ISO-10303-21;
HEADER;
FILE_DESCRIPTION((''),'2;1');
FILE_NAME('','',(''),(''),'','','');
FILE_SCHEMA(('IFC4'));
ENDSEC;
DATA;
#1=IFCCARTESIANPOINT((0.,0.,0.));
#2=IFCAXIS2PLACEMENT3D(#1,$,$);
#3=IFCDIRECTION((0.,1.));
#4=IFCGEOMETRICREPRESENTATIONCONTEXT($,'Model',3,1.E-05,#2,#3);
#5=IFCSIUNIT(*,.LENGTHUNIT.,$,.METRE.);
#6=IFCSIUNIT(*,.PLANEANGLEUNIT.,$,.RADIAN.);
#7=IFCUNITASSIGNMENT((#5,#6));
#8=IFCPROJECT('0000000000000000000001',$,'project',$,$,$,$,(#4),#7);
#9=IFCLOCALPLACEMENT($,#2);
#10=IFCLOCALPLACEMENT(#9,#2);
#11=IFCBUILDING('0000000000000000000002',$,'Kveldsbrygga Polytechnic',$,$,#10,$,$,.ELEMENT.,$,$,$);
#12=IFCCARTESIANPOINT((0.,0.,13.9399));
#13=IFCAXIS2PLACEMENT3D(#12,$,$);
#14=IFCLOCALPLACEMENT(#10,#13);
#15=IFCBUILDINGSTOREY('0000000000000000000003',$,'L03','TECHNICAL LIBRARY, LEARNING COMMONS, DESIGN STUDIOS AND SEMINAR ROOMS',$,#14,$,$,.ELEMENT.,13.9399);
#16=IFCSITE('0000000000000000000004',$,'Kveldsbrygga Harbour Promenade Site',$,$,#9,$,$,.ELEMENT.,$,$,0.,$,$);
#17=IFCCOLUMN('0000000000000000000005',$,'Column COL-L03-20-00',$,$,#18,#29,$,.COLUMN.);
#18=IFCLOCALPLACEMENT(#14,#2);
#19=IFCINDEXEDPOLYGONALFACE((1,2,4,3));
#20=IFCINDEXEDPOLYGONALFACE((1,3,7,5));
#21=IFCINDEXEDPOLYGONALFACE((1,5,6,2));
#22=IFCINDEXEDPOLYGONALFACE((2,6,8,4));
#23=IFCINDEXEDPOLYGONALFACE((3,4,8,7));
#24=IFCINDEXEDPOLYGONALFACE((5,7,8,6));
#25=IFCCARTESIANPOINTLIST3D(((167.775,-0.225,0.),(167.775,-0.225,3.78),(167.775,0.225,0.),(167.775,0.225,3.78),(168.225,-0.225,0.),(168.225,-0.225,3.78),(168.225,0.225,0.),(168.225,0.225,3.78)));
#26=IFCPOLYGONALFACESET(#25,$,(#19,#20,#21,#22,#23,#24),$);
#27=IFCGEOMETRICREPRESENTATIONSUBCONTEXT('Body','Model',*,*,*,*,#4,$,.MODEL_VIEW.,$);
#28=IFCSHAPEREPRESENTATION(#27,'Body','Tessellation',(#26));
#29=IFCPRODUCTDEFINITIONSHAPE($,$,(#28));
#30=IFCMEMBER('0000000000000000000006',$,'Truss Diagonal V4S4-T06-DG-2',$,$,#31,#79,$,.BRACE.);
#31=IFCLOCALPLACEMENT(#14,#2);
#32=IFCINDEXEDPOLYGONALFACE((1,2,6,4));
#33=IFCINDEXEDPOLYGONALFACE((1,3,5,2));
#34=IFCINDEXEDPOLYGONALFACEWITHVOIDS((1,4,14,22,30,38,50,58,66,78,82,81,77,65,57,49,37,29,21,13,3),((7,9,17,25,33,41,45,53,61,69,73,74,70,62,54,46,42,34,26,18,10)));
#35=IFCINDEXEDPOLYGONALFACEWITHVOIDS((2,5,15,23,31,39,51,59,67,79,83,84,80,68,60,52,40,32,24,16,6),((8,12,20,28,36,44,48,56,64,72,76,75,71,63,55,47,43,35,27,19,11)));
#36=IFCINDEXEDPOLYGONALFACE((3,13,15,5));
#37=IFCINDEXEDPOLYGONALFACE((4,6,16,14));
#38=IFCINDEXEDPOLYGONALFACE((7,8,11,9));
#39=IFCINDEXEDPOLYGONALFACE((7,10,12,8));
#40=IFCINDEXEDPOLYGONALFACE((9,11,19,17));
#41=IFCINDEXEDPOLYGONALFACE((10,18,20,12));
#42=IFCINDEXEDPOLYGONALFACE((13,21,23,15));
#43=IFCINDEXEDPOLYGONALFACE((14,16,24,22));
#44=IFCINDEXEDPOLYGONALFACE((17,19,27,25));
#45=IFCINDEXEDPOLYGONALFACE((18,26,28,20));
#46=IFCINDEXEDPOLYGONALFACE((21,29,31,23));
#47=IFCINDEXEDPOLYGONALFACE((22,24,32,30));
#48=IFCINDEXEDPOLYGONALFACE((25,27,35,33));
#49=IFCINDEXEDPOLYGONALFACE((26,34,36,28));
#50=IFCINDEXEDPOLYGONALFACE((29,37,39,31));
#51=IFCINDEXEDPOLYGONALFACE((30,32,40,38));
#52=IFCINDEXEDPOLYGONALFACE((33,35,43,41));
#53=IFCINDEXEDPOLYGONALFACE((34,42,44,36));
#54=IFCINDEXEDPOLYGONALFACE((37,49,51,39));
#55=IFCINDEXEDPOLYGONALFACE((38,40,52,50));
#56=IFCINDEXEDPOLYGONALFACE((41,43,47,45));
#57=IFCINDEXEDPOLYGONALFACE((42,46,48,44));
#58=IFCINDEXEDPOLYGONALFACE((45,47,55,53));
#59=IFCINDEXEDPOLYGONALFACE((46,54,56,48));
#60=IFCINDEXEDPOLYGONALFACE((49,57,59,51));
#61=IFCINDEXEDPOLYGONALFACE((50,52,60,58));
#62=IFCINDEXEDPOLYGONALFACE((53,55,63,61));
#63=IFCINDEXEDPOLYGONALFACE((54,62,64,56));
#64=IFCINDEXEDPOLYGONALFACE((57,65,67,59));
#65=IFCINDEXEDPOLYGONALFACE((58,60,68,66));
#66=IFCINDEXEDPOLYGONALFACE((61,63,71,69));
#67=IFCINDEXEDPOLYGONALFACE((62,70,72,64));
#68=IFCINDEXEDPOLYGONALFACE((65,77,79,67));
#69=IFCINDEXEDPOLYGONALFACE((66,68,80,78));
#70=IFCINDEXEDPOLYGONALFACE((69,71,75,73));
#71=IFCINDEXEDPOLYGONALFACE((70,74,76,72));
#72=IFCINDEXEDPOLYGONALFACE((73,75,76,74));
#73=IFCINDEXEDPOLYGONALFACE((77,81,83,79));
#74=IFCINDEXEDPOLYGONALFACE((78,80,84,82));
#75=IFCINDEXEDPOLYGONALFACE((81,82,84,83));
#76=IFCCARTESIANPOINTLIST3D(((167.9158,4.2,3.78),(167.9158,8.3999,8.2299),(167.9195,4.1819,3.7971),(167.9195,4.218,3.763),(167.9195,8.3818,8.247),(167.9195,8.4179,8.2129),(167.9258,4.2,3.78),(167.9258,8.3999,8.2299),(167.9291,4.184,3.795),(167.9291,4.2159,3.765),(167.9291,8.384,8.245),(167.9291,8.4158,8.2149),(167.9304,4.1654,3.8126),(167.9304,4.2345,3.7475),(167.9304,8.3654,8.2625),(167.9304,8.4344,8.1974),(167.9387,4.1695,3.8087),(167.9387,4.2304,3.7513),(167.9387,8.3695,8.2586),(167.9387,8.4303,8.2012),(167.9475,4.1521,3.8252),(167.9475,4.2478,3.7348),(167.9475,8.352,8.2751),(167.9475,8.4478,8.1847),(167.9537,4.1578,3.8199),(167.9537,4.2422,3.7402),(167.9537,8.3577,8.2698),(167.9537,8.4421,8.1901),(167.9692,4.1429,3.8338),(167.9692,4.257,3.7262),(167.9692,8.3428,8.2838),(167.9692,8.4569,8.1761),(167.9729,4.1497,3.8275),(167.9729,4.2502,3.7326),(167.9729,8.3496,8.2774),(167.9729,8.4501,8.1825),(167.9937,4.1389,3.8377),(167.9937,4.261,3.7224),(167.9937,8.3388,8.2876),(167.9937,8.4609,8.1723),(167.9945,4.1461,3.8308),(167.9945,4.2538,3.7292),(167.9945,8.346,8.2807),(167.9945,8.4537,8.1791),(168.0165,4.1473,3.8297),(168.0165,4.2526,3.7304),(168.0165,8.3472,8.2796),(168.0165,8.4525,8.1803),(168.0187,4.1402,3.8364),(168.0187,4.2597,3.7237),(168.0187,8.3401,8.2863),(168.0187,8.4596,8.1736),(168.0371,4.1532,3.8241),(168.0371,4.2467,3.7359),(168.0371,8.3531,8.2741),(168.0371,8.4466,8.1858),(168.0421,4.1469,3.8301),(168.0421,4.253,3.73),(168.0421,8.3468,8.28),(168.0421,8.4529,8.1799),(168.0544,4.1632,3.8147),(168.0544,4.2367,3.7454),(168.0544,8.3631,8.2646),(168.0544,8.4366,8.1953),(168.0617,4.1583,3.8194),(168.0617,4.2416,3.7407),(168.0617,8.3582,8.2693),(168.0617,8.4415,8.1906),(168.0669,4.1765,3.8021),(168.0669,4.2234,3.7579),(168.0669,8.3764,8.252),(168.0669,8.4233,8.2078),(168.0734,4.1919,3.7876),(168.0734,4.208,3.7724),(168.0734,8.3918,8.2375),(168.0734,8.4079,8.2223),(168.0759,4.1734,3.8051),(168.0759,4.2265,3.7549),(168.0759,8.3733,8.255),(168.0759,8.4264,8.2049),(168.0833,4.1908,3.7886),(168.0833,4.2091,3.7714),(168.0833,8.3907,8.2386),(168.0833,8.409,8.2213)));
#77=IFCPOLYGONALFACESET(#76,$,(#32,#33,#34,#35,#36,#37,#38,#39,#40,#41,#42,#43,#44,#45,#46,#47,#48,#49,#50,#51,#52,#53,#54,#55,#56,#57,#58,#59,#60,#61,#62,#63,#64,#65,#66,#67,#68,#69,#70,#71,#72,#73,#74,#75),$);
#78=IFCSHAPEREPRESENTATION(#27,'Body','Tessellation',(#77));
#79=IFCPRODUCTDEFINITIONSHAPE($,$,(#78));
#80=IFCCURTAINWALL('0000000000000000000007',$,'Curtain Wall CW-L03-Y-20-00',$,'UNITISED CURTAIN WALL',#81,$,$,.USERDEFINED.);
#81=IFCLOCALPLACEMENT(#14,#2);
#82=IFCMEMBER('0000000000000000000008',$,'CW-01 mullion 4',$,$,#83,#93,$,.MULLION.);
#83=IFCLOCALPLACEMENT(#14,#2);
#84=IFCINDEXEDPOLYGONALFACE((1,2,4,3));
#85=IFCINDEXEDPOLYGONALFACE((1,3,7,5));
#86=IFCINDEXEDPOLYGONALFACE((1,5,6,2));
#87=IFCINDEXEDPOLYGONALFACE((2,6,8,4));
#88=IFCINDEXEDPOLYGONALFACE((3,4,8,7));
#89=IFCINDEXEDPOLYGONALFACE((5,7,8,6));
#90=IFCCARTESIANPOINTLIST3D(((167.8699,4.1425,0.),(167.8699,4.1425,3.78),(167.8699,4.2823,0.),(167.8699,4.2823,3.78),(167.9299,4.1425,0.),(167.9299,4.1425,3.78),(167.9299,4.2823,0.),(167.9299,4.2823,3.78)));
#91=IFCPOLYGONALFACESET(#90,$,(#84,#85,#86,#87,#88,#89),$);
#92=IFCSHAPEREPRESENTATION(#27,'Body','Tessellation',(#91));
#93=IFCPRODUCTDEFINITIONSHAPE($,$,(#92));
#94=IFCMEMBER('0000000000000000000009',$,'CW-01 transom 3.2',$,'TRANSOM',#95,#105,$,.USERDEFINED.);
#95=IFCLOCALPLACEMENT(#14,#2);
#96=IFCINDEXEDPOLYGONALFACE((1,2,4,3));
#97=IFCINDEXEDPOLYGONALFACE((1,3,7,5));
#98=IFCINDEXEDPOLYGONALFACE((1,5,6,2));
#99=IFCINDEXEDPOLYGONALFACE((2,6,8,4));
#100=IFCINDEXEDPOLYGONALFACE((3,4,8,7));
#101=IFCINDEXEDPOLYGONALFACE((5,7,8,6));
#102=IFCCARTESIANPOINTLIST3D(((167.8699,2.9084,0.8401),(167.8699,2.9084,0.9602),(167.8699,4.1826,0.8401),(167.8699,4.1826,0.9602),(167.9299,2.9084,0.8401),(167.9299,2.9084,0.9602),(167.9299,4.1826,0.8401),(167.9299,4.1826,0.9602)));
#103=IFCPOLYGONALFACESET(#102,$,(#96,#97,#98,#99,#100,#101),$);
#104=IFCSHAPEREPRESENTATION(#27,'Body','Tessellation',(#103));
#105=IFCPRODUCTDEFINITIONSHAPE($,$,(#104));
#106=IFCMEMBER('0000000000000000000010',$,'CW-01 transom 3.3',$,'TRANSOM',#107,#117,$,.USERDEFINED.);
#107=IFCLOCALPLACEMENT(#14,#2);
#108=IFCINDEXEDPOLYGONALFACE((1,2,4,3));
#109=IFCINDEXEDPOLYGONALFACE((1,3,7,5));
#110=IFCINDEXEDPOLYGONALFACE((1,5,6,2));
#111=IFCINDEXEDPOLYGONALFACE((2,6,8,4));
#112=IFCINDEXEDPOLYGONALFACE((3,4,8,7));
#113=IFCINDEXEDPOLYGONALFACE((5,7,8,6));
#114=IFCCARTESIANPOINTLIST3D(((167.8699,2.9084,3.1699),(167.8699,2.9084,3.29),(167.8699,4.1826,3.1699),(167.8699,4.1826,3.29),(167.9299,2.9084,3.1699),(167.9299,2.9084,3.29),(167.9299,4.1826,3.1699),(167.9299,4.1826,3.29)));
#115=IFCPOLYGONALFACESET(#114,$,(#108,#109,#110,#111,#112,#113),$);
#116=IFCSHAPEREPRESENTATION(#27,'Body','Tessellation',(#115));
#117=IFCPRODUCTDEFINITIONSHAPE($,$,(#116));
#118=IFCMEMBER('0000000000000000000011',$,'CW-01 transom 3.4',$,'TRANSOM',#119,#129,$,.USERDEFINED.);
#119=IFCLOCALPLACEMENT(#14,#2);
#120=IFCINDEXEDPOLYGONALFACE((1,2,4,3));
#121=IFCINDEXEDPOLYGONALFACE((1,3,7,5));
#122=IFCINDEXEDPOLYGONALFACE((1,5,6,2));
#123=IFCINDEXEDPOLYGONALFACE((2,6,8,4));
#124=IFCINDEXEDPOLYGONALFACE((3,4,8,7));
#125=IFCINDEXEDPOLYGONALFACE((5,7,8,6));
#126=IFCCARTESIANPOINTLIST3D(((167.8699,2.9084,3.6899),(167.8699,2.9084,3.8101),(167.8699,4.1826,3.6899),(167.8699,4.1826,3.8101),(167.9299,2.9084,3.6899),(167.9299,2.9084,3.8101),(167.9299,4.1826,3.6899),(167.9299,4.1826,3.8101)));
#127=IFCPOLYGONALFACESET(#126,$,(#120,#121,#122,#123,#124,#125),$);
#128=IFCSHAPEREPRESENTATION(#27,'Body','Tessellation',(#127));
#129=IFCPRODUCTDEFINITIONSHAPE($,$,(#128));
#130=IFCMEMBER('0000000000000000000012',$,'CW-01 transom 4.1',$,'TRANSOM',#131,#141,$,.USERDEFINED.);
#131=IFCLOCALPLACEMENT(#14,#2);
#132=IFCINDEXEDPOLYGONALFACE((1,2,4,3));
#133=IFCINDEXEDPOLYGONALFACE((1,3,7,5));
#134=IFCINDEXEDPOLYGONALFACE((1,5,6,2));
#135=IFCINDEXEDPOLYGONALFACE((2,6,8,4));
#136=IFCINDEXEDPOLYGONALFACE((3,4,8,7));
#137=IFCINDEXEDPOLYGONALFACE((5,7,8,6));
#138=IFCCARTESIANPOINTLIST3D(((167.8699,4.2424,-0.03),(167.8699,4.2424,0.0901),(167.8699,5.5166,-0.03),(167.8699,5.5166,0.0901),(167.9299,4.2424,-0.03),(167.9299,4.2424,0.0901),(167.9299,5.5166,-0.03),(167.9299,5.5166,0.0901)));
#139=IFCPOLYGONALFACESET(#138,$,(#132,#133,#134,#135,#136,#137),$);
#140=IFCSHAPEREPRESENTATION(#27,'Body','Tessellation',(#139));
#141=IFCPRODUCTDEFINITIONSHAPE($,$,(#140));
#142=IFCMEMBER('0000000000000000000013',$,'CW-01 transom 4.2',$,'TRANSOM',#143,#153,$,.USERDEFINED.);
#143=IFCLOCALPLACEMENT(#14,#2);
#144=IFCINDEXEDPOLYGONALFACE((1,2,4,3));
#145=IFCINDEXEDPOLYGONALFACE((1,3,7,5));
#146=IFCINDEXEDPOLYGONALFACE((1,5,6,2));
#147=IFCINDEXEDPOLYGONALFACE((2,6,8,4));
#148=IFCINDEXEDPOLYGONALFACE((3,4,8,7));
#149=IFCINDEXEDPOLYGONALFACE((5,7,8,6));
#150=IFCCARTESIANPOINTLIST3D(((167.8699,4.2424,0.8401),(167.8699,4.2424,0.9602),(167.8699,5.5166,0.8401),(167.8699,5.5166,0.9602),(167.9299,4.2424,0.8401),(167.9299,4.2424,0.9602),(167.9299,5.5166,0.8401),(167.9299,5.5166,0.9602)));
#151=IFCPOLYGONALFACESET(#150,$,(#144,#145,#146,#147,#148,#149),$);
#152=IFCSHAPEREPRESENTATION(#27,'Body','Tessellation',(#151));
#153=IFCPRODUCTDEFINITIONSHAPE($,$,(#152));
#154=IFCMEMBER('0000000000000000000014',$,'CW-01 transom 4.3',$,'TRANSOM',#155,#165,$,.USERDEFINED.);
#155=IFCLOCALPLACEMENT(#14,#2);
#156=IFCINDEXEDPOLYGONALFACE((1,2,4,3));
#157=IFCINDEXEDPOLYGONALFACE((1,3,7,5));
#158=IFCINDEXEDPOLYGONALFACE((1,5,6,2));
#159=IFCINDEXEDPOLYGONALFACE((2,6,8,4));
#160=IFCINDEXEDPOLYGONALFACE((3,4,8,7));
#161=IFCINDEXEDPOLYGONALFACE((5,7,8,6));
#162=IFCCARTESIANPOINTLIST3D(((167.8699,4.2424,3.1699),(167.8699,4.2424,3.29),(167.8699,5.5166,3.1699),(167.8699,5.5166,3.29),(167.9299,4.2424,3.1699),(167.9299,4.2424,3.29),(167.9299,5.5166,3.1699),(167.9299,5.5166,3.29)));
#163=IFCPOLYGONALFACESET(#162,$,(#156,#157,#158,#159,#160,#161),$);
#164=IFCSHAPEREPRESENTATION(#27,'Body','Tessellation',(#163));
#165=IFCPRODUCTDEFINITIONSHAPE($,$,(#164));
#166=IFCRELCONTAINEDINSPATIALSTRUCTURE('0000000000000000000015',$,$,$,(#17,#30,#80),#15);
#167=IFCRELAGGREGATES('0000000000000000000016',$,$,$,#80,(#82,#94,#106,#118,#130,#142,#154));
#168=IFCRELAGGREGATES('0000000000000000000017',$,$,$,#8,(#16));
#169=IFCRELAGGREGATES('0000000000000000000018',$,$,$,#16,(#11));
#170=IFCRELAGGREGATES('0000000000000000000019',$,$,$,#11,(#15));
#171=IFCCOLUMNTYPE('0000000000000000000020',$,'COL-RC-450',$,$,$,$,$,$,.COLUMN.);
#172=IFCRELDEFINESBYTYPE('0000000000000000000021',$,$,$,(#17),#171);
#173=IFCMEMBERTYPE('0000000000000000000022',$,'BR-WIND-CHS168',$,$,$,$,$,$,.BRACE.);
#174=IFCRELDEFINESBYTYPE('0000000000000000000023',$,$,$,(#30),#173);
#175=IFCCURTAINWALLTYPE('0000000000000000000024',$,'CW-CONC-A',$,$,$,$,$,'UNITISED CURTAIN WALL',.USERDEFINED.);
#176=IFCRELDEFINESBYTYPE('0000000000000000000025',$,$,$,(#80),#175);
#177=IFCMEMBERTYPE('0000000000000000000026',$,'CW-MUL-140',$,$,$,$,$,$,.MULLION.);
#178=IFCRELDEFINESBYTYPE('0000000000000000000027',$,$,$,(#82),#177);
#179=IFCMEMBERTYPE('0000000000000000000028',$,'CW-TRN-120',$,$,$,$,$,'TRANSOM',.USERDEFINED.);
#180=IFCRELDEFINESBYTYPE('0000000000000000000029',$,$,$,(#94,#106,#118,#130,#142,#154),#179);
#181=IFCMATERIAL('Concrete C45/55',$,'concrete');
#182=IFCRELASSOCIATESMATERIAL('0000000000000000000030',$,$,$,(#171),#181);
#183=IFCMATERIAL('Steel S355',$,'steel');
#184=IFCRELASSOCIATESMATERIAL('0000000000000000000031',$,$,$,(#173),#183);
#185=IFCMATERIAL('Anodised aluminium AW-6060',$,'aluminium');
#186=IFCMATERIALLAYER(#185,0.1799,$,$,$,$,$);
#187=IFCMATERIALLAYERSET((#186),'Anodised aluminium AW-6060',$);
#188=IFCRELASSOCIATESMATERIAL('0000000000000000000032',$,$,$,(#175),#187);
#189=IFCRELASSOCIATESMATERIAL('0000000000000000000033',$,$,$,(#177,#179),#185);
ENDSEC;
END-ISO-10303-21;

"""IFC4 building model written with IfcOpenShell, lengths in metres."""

from ifc_helpers import new_model, si_unit, direction, frame, origin, origin_2d, place, context, subcontext, project, spatial, rectangle, hollow_circle, extrude, material, layer, layer_set, material_profile, profile_set, type_object, element, aggregate, save


model = new_model("IFC4")

# Units and contexts
model_context = context("Model", 3, precision=1e-05, world=origin(), true_north=direction((0.0, 1.0)))
body_context = subcontext(model_context, "Body", "Model", "MODEL_VIEW")
ifc_project = project(units=[si_unit("LENGTHUNIT", "METRE"), si_unit("PLANEANGLEUNIT", "RADIAN")], contexts=[model_context])

# Site, building, storey
site_placement = place(None, origin())
site = spatial("IfcSite", under=ifc_project, at=site_placement, Name="Kveldsbrygga Harbour Promenade Site", CompositionType="ELEMENT", RefElevation=0.0)
building_placement = place(site_placement, origin())
building = spatial("IfcBuilding", under=site, at=building_placement, Name="Kveldsbrygga Polytechnic", CompositionType="ELEMENT")
storey_placement = place(building_placement, frame((0.0, 0.0, 13.9399)))
storey = spatial("IfcBuildingStorey", under=building, at=storey_placement, Name="L03", Description="TECHNICAL LIBRARY, LEARNING COMMONS, DESIGN STUDIOS AND SEMINAR ROOMS", CompositionType="ELEMENT", Elevation=13.9399)

# Column
ifc_material_1 = material(Name="Concrete C45/55", Category="concrete")
ifc_material_profile_1 = material_profile(ifc_material_1, rectangle(XDim=0.45, YDim=0.45, at=origin_2d()), Name="RC 450x450")
ifc_profile_set_1 = profile_set([ifc_material_profile_1], Name="Concrete C45/55")
column_type = type_object("IfcColumnType", Name="COL-RC-450", PredefinedType="COLUMN", material=ifc_profile_set_1)
column_placement = place(storey_placement, frame((168.0, 0.0, 0.0), z_axis=(0.0, 0.0, 1.0), x_axis=(1.0, 0.0, 0.0)))
element("IfcColumn", 1, at=column_placement, inside=storey, type_object=column_type, Name="Column COL-L03-20-00", PredefinedType="COLUMN", context=body_context, shape_type="SweptSolid", body=[
    extrude(rectangle(XDim=0.45, YDim=0.45, at=origin_2d()), origin(), (0.0, 0.0, 1.0), 3.78),
])

# Member
ifc_material_2 = material(Name="Steel S355", Category="steel")
ifc_material_profile_2 = material_profile(ifc_material_2, hollow_circle(Radius=0.0842, WallThickness=0.01, at=origin_2d()), Name="CHS 168.3x10.0")
ifc_profile_set_2 = profile_set([ifc_material_profile_2], Name="Steel S355")
member_type_1 = type_object("IfcMemberType", Name="BR-WIND-CHS168", PredefinedType="BRACE", material=ifc_profile_set_2)
member_1_placement = place(storey_placement, frame((168.0, 4.2, 3.78), z_axis=(0.0, 0.686383, 0.72724), x_axis=(-1.0, 0.0, 0.0)))
element("IfcMember", 2, at=member_1_placement, inside=storey, type_object=member_type_1, Name="Truss Diagonal V4S4-T06-DG-2", PredefinedType="BRACE", context=body_context, shape_type="SweptSolid", body=[
    extrude(hollow_circle(Radius=0.0842, WallThickness=0.01, at=origin_2d()), origin(), (0.0, 0.0, 1.0), 6.1189),
])

# Curtain wall, members
ifc_material_3 = material(Name="Anodised aluminium AW-6060", Category="aluminium")
ifc_layer_1 = layer(ifc_material_3, 0.1799)
ifc_layer_set_1 = layer_set([ifc_layer_1], Name="Anodised aluminium AW-6060")
curtain_wall_type = type_object("IfcCurtainWallType", Name="CW-CONC-A", ElementType="UNITISED CURTAIN WALL", PredefinedType="USERDEFINED", material=ifc_layer_set_1)
curtain_wall_placement = place(storey_placement, origin())
curtain_wall = element("IfcCurtainWall", 3, at=curtain_wall_placement, inside=storey, type_object=curtain_wall_type, Name="Curtain Wall CW-L03-Y-20-00", ObjectType="UNITISED CURTAIN WALL", PredefinedType="USERDEFINED")
ifc_material_profile_3 = material_profile(ifc_material_3, rectangle(XDim=0.0601, YDim=0.1399, at=origin_2d()), Name="ALU 60x140")
ifc_profile_set_3 = profile_set([ifc_material_profile_3], Name="Anodised aluminium AW-6060")
member_type_2 = type_object("IfcMemberType", Name="CW-MUL-140", PredefinedType="MULLION", material=ifc_profile_set_3)
member_2_placement = place(storey_placement, frame((167.8999, 4.2124, 0.0), z_axis=(0.0, 0.0, 1.0), x_axis=(-1.0, 0.0, 0.0)))
member_2 = element("IfcMember", 4, at=member_2_placement, type_object=member_type_2, Name="CW-01 mullion 4", PredefinedType="MULLION", context=body_context, shape_type="SweptSolid", body=[
    extrude(rectangle(XDim=0.0601, YDim=0.1399, at=origin_2d()), origin(), (0.0, 0.0, 1.0), 3.78),
])
ifc_material_profile_4 = material_profile(ifc_material_3, rectangle(XDim=0.0601, YDim=0.1201, at=origin_2d()), Name="ALU 60x120")
ifc_profile_set_4 = profile_set([ifc_material_profile_4], Name="Anodised aluminium AW-6060")
member_type_3 = type_object("IfcMemberType", Name="CW-TRN-120", ElementType="TRANSOM", PredefinedType="USERDEFINED", material=ifc_profile_set_4)
member_3_placement = place(storey_placement, frame((167.8999, 2.9084, 0.9001), z_axis=(0.0, 1.0, 0.0), x_axis=(-1.0, 0.0, 0.0)))
member_3 = element("IfcMember", 5, at=member_3_placement, type_object=member_type_3, Name="CW-01 transom 3.2", ObjectType="TRANSOM", PredefinedType="USERDEFINED", context=body_context, shape_type="SweptSolid", body=[
    extrude(rectangle(XDim=0.0601, YDim=0.1201, at=origin_2d()), origin(), (0.0, 0.0, 1.0), 1.2742),
])
member_4_placement = place(storey_placement, frame((167.8999, 2.9084, 3.23), z_axis=(0.0, 1.0, 0.0), x_axis=(-1.0, 0.0, 0.0)))
member_4 = element("IfcMember", 6, at=member_4_placement, type_object=member_type_3, Name="CW-01 transom 3.3", ObjectType="TRANSOM", PredefinedType="USERDEFINED", context=body_context, shape_type="SweptSolid", body=[
    extrude(rectangle(XDim=0.0601, YDim=0.1201, at=origin_2d()), origin(), (0.0, 0.0, 1.0), 1.2742),
])
member_5_placement = place(storey_placement, frame((167.8999, 2.9084, 3.75), z_axis=(0.0, 1.0, 0.0), x_axis=(-1.0, 0.0, 0.0)))
member_5 = element("IfcMember", 7, at=member_5_placement, type_object=member_type_3, Name="CW-01 transom 3.4", ObjectType="TRANSOM", PredefinedType="USERDEFINED", context=body_context, shape_type="SweptSolid", body=[
    extrude(rectangle(XDim=0.0601, YDim=0.1201, at=origin_2d()), origin(), (0.0, 0.0, 1.0), 1.2742),
])
member_6_placement = place(storey_placement, frame((167.8999, 4.2424, 0.03), z_axis=(0.0, 1.0, 0.0), x_axis=(-1.0, 0.0, 0.0)))
member_6 = element("IfcMember", 8, at=member_6_placement, type_object=member_type_3, Name="CW-01 transom 4.1", ObjectType="TRANSOM", PredefinedType="USERDEFINED", context=body_context, shape_type="SweptSolid", body=[
    extrude(rectangle(XDim=0.0601, YDim=0.1201, at=origin_2d()), origin(), (0.0, 0.0, 1.0), 1.2742),
])
member_7_placement = place(storey_placement, frame((167.8999, 4.2424, 0.9001), z_axis=(0.0, 1.0, 0.0), x_axis=(-1.0, 0.0, 0.0)))
member_7 = element("IfcMember", 9, at=member_7_placement, type_object=member_type_3, Name="CW-01 transom 4.2", ObjectType="TRANSOM", PredefinedType="USERDEFINED", context=body_context, shape_type="SweptSolid", body=[
    extrude(rectangle(XDim=0.0601, YDim=0.1201, at=origin_2d()), origin(), (0.0, 0.0, 1.0), 1.2742),
])
member_8_placement = place(storey_placement, frame((167.8999, 4.2424, 3.23), z_axis=(0.0, 1.0, 0.0), x_axis=(-1.0, 0.0, 0.0)))
member_8 = element("IfcMember", 10, at=member_8_placement, type_object=member_type_3, Name="CW-01 transom 4.3", ObjectType="TRANSOM", PredefinedType="USERDEFINED", context=body_context, shape_type="SweptSolid", body=[
    extrude(rectangle(XDim=0.0601, YDim=0.1201, at=origin_2d()), origin(), (0.0, 0.0, 1.0), 1.2742),
])

aggregate(curtain_wall, [member_2, member_3, member_4, member_5, member_6, member_7, member_8])

save(model, "model.ifc")
